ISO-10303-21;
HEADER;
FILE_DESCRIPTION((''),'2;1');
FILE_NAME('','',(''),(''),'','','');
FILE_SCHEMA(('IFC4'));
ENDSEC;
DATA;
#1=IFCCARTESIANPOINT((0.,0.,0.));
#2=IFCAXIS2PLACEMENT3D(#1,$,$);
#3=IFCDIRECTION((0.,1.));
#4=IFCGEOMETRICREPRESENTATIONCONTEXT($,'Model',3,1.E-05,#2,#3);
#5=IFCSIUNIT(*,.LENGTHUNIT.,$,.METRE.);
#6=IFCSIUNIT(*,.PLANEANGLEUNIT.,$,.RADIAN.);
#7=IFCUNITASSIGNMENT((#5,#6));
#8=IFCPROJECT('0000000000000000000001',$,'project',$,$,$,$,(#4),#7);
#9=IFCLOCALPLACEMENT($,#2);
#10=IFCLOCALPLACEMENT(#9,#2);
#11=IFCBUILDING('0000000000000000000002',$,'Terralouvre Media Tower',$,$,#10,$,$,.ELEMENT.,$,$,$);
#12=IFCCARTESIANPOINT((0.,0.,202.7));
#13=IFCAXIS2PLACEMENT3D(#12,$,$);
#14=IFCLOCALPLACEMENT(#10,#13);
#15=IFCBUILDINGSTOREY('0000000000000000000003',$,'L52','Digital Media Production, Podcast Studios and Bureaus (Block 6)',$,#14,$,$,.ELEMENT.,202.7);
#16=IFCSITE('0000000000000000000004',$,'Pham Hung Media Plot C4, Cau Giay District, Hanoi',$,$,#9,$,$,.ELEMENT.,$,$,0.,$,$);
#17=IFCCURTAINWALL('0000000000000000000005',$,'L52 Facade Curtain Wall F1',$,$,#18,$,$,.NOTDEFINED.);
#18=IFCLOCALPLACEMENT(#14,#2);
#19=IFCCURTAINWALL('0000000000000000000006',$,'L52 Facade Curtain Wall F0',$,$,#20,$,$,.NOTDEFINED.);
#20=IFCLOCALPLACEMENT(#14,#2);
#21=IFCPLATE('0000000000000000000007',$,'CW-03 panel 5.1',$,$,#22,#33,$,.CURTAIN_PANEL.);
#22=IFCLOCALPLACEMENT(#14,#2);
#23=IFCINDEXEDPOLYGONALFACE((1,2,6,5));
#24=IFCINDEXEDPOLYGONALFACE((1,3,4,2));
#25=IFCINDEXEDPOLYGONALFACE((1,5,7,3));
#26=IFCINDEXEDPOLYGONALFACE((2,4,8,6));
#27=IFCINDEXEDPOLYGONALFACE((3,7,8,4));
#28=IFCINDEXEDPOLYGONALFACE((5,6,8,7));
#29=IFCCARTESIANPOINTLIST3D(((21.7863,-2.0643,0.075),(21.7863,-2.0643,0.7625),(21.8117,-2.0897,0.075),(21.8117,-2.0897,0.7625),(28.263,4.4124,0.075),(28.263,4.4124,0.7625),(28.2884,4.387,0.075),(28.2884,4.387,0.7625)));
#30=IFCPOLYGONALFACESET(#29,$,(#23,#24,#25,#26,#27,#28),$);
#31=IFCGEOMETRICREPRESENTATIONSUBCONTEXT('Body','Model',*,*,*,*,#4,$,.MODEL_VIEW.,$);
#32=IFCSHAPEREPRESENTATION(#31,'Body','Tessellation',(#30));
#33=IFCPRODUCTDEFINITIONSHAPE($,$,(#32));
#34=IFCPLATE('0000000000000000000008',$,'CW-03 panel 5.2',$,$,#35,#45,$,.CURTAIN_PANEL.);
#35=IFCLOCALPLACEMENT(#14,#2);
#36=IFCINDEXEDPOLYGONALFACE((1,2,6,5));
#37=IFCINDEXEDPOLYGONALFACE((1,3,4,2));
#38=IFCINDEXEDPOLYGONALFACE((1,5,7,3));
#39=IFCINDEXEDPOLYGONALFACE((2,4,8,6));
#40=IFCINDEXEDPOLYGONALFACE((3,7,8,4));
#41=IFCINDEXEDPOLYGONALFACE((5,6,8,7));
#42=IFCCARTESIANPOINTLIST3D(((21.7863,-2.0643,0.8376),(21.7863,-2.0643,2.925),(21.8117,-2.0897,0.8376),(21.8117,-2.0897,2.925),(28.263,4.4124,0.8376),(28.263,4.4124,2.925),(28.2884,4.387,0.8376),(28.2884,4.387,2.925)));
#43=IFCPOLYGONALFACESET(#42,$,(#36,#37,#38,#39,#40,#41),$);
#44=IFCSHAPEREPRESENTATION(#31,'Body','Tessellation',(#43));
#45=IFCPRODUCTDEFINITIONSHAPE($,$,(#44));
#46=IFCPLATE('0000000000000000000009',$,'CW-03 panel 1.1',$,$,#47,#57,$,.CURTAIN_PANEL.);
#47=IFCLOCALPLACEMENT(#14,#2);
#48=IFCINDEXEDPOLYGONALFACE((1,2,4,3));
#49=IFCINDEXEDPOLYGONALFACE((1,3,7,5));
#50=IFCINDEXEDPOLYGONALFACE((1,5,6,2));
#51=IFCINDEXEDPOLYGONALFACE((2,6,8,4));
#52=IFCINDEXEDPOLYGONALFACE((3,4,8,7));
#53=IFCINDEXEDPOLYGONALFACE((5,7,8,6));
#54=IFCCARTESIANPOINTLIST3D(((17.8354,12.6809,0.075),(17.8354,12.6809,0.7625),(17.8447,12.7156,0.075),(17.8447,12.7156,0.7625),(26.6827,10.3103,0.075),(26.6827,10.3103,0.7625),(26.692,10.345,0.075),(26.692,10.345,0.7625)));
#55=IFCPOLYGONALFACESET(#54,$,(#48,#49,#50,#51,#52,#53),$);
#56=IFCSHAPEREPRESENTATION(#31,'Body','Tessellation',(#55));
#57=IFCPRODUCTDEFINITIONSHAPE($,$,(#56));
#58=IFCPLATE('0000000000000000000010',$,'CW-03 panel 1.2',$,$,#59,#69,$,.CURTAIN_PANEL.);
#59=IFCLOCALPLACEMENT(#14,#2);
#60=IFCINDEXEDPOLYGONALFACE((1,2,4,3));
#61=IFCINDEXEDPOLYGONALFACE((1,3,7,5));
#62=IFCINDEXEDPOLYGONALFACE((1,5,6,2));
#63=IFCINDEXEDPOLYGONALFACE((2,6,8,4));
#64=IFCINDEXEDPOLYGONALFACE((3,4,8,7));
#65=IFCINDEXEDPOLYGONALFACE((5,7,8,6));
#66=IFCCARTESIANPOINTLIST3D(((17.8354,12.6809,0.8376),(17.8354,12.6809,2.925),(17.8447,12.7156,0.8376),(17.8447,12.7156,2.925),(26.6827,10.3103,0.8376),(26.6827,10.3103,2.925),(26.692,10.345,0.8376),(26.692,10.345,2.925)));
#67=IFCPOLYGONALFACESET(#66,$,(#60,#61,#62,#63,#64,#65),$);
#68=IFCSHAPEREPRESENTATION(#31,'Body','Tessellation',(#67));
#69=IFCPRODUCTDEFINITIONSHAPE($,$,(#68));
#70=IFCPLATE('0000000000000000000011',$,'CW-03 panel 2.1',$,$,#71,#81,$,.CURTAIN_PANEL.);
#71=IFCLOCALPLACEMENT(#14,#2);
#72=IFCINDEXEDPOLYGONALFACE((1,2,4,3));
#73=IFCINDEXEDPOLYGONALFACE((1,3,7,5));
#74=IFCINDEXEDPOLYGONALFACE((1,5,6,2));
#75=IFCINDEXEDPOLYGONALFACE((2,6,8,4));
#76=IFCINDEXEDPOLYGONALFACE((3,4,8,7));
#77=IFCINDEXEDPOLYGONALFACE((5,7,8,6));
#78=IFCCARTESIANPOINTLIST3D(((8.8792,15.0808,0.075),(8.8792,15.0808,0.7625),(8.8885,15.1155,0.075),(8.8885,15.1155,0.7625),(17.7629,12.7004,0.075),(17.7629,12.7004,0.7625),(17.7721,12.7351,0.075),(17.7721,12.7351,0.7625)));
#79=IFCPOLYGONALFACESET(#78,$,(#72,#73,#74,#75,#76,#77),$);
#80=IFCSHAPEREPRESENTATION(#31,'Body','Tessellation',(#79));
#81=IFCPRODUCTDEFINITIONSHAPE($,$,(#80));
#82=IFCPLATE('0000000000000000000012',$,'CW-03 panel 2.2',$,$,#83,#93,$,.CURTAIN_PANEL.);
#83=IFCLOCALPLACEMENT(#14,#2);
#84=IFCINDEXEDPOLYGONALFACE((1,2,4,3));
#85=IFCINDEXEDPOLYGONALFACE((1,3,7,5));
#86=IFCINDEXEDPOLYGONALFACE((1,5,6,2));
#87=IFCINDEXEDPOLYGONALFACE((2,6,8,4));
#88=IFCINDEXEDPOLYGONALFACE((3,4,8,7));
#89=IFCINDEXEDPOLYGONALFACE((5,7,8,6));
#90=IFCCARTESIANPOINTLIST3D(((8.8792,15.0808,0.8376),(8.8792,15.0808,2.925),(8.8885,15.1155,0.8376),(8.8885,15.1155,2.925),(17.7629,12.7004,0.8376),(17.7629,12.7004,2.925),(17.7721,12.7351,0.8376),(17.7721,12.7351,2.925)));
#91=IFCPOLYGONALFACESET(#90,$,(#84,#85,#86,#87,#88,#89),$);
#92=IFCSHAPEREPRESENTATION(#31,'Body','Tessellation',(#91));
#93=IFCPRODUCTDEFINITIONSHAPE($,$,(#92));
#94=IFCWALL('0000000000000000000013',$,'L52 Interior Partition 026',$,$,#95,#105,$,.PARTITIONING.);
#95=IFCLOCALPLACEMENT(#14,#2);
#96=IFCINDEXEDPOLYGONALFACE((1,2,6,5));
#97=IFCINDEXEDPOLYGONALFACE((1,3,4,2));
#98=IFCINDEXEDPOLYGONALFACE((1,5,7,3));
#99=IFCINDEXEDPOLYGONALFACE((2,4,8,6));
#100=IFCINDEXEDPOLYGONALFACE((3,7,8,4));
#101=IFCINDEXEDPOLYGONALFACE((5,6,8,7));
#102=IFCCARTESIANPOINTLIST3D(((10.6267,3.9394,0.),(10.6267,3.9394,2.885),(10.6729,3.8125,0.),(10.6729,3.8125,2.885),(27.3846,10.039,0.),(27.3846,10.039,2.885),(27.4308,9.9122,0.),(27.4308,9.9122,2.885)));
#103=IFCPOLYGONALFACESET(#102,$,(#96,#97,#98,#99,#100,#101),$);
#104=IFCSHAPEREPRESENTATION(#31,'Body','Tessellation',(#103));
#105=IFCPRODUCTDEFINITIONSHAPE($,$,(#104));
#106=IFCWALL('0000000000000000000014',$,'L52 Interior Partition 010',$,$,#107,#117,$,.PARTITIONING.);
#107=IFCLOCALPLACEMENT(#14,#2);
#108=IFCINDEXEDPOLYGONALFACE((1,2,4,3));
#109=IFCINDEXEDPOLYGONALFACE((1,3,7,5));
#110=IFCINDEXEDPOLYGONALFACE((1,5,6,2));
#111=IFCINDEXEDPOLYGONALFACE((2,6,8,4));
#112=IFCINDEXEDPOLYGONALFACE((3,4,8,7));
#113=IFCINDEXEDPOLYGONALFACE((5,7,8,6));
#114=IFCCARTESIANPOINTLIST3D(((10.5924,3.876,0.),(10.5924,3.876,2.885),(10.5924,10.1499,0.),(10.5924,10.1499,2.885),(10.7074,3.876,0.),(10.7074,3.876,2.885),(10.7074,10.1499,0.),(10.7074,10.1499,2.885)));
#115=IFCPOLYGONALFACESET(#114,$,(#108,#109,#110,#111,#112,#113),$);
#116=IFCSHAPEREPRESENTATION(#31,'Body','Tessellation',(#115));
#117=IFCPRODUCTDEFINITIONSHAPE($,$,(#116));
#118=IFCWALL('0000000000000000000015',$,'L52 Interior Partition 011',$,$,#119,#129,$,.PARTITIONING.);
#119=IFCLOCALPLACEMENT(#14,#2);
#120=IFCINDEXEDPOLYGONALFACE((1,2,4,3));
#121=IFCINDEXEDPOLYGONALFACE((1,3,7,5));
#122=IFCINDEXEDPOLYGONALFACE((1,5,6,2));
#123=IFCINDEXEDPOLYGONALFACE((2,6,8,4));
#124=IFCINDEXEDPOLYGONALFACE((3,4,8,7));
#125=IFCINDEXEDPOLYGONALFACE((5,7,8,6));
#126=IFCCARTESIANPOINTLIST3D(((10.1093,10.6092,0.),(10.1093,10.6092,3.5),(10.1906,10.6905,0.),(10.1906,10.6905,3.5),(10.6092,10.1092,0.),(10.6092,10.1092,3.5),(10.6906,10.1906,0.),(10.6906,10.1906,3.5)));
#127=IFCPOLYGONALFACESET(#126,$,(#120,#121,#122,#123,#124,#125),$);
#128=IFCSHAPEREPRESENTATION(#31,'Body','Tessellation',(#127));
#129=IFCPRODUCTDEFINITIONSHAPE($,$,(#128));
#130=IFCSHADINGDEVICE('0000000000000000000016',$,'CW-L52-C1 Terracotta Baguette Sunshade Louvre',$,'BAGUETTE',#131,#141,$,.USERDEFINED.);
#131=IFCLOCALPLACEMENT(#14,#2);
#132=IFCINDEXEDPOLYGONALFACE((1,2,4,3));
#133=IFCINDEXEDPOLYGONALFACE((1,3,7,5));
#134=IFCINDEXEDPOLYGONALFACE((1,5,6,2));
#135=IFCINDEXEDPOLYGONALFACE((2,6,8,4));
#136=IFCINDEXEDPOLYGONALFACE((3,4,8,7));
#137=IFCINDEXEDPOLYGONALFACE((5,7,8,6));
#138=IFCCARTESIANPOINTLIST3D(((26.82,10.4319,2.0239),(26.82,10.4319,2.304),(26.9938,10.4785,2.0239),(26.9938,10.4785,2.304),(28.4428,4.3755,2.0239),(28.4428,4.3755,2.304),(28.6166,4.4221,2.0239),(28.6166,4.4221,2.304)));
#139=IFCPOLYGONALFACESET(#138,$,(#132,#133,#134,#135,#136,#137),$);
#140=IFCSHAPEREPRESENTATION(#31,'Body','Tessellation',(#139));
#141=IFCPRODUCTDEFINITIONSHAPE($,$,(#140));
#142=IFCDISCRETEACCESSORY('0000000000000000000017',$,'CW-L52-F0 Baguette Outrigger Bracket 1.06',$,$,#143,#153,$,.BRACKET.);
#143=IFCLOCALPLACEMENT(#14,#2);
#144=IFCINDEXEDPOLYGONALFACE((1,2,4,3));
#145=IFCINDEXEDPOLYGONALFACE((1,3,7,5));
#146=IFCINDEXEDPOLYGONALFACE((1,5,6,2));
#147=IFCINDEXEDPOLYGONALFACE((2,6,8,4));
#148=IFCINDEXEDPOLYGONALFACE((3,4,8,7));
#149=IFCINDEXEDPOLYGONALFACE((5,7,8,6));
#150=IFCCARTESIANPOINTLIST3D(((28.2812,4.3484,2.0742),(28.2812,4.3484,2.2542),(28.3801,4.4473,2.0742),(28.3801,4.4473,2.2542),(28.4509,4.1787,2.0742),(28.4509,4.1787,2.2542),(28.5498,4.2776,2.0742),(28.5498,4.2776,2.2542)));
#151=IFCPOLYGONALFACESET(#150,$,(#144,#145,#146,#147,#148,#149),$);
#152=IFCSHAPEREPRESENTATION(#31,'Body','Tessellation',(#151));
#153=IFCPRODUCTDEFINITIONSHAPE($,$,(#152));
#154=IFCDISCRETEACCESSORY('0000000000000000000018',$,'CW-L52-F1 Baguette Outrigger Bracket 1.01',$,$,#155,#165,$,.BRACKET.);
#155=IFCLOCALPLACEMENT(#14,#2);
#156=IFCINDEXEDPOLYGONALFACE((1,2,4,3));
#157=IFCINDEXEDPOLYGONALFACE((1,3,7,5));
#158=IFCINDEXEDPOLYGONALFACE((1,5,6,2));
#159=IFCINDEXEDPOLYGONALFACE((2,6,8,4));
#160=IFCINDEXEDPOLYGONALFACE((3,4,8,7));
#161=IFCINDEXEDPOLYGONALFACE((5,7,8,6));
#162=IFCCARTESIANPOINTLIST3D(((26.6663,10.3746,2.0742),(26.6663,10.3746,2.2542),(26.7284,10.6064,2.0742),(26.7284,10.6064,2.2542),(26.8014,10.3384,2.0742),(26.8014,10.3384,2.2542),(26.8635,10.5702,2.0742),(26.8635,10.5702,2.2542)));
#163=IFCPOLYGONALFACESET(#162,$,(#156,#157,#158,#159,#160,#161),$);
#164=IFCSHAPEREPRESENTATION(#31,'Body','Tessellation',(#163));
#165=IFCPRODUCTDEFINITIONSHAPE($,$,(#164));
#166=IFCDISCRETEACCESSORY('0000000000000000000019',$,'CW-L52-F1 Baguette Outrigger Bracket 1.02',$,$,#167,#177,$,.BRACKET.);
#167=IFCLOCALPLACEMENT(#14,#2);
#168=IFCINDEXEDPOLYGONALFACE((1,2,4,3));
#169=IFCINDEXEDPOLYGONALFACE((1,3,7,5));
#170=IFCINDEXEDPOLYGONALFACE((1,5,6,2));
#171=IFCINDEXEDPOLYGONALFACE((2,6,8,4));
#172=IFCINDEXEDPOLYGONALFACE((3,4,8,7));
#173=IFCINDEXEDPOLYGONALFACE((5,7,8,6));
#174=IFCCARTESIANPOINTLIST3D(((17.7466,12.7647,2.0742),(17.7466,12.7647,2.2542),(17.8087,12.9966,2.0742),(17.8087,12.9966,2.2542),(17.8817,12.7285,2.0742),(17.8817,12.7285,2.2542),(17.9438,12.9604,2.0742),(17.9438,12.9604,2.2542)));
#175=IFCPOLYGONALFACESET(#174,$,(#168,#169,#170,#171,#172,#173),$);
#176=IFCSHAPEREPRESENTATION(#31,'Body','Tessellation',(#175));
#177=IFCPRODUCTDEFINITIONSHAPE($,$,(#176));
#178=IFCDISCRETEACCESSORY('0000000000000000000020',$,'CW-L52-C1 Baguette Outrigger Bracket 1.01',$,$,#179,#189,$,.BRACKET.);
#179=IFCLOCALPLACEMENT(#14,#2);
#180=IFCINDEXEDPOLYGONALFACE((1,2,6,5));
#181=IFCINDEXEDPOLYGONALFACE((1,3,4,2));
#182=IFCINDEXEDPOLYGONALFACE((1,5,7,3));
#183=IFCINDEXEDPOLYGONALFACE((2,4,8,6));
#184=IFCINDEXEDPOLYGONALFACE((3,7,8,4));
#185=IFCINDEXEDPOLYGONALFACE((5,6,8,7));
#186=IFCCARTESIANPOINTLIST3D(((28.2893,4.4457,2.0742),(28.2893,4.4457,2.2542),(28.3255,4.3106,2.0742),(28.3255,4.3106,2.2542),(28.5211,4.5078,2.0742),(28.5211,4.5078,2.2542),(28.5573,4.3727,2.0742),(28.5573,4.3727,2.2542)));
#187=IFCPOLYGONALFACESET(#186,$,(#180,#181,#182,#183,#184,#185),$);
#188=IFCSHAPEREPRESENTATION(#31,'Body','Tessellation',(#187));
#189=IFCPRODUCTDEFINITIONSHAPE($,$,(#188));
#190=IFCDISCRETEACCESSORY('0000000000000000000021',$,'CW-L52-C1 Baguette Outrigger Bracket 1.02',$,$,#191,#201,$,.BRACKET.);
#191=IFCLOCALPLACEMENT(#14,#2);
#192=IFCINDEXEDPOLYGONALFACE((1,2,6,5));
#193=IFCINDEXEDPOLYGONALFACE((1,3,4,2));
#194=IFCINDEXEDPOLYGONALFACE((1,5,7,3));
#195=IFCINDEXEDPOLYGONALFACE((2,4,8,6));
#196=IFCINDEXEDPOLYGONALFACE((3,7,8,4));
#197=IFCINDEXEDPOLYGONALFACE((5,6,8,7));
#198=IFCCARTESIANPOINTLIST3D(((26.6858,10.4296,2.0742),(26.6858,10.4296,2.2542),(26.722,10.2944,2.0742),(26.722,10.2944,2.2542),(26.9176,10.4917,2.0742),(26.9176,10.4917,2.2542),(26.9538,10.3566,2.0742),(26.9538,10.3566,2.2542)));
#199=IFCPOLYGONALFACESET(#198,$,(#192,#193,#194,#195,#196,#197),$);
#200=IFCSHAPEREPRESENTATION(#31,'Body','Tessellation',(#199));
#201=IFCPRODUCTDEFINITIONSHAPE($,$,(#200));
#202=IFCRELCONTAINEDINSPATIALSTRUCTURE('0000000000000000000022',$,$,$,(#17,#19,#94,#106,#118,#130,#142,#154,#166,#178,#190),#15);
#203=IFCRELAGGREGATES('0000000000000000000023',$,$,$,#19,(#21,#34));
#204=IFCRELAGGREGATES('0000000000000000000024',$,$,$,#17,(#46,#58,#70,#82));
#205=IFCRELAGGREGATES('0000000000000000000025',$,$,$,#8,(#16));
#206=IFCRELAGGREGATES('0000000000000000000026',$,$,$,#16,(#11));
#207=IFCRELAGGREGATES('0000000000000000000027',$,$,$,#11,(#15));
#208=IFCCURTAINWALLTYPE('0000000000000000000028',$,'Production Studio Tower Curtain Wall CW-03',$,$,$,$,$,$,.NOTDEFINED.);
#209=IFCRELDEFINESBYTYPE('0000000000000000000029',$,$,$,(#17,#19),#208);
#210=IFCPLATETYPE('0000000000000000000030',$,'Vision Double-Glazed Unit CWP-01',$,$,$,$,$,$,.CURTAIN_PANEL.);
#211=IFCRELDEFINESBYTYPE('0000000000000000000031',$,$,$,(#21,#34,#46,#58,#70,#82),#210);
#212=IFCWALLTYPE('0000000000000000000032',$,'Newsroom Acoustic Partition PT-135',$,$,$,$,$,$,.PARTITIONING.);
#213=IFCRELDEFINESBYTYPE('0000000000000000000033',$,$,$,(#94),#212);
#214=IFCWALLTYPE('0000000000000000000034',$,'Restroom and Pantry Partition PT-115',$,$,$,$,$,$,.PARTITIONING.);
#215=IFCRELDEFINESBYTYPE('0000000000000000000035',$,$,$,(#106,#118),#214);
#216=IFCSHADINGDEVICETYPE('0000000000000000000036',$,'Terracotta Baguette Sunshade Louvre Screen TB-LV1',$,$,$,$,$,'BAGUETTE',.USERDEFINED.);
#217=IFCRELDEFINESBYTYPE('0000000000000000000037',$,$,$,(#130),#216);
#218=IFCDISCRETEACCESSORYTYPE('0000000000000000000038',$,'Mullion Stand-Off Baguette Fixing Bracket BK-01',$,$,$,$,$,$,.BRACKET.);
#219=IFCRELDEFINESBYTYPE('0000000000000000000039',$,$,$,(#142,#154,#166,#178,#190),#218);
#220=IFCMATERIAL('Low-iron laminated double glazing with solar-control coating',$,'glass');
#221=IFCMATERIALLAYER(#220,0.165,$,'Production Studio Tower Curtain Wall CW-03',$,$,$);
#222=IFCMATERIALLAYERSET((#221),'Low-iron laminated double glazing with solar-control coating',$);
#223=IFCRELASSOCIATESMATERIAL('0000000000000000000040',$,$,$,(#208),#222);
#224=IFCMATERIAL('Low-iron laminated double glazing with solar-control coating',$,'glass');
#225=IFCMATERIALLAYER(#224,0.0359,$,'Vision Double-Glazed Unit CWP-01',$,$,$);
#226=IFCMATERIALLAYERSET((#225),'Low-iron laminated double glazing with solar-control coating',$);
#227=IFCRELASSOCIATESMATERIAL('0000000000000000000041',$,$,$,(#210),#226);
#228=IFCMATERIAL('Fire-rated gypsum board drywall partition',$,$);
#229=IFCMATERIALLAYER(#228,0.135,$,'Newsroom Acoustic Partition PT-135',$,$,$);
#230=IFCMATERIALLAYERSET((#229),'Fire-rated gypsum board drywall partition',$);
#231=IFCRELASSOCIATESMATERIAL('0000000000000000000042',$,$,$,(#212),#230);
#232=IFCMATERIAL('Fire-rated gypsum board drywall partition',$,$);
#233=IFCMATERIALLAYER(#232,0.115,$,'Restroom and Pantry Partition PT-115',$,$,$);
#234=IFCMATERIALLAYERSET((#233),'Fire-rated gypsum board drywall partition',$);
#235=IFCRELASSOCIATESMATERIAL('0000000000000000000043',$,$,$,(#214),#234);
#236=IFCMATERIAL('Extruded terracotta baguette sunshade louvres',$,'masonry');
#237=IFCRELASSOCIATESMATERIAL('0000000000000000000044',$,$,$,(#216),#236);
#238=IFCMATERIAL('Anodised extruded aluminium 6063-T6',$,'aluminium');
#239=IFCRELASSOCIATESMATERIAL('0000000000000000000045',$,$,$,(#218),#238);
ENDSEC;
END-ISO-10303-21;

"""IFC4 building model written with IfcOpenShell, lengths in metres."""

from ifc_helpers import new_model, si_unit, direction, frame, frame_2d, origin, origin_2d, place, context, subcontext, project, spatial, rectangle, extrude, material, layer, layer_set, type_object, element, aggregate, save


model = new_model("IFC4")

# Units and contexts
model_context = context("Model", 3, precision=1e-05, world=origin(), true_north=direction((0.0, 1.0)))
body_context = subcontext(model_context, "Body", "Model", "MODEL_VIEW")
ifc_project = project(units=[si_unit("LENGTHUNIT", "METRE"), si_unit("PLANEANGLEUNIT", "RADIAN")], contexts=[model_context])

# Site, building, storey
site_placement = place(None, origin())
site = spatial("IfcSite", under=ifc_project, at=site_placement, Name="Pham Hung Media Plot C4, Cau Giay District, Hanoi", CompositionType="ELEMENT", RefElevation=0.0)
building_placement = place(site_placement, origin())
building = spatial("IfcBuilding", under=site, at=building_placement, Name="Terralouvre Media Tower", CompositionType="ELEMENT")
storey_placement = place(building_placement, frame((0.0, 0.0, 202.7)))
storey = spatial("IfcBuildingStorey", under=building, at=storey_placement, Name="L52", Description="Digital Media Production, Podcast Studios and Bureaus (Block 6)", CompositionType="ELEMENT", Elevation=202.7)

# Curtain wall
ifc_material_1 = material(Name="Low-iron laminated double glazing with solar-control coating", Category="glass")
ifc_layer_1 = layer(ifc_material_1, 0.165, Name="Production Studio Tower Curtain Wall CW-03")
ifc_layer_set_1 = layer_set([ifc_layer_1], Name="Low-iron laminated double glazing with solar-control coating")
curtain_wall_type_1 = type_object("IfcCurtainWallType", Name="Production Studio Tower Curtain Wall CW-03", PredefinedType="NOTDEFINED", material=ifc_layer_set_1)
curtain_wall_1_placement = place(storey_placement, origin())
curtain_wall_1 = element("IfcCurtainWall", 1, at=curtain_wall_1_placement, inside=storey, type_object=curtain_wall_type_1, Name="L52 Facade Curtain Wall F1", PredefinedType="NOTDEFINED")

# Curtain wall
curtain_wall_2_placement = place(storey_placement, origin())
curtain_wall_2 = element("IfcCurtainWall", 2, at=curtain_wall_2_placement, inside=storey, type_object=curtain_wall_type_1, Name="L52 Facade Curtain Wall F0", PredefinedType="NOTDEFINED")

# Plates
ifc_material_2 = material(Name="Low-iron laminated double glazing with solar-control coating", Category="glass")
ifc_layer_2 = layer(ifc_material_2, 0.0359, Name="Vision Double-Glazed Unit CWP-01")
ifc_layer_set_2 = layer_set([ifc_layer_2], Name="Low-iron laminated double glazing with solar-control coating")
plate_type_1 = type_object("IfcPlateType", Name="Vision Double-Glazed Unit CWP-01", PredefinedType="CURTAIN_PANEL", material=ifc_layer_set_2)
plate_1_placement = place(storey_placement, frame((25.0374, 1.1614, 0.075), z_axis=(0.0, 0.0, 1.0), x_axis=(0.707107, 0.707107, 0.0)))
plate_1 = element("IfcPlate", 3, at=plate_1_placement, type_object=plate_type_1, Name="CW-03 panel 5.1", PredefinedType="CURTAIN_PANEL", context=body_context, shape_type="SweptSolid", body=[
    extrude(rectangle(XDim=9.1594, YDim=0.0359, at=origin_2d()), origin(), (0.0, 0.0, 1.0), 0.6875),
])
plate_2_placement = place(storey_placement, frame((25.0374, 1.1614, 0.8376), z_axis=(0.0, 0.0, 1.0), x_axis=(0.707107, 0.707107, 0.0)))
plate_2 = element("IfcPlate", 4, at=plate_2_placement, type_object=plate_type_1, Name="CW-03 panel 5.2", PredefinedType="CURTAIN_PANEL", context=body_context, shape_type="SweptSolid", body=[
    extrude(rectangle(XDim=9.1594, YDim=0.0359, at=origin_2d()), origin(), (0.0, 0.0, 1.0), 2.0874),
])
aggregate(curtain_wall_2, [plate_1, plate_2])
plate_3_placement = place(storey_placement, frame((22.2637, 11.5129, 0.075), z_axis=(0.0, 0.0, 1.0), x_axis=(-0.965926, 0.258819, 0.0)))
plate_3 = element("IfcPlate", 5, at=plate_3_placement, type_object=plate_type_1, Name="CW-03 panel 1.1", PredefinedType="CURTAIN_PANEL", context=body_context, shape_type="SweptSolid", body=[
    extrude(rectangle(XDim=9.1594, YDim=0.0359, at=origin_2d()), origin(), (0.0, 0.0, 1.0), 0.6875),
])
plate_4_placement = place(storey_placement, frame((22.2637, 11.5129, 0.8376), z_axis=(0.0, 0.0, 1.0), x_axis=(-0.965926, 0.258819, 0.0)))
plate_4 = element("IfcPlate", 6, at=plate_4_placement, type_object=plate_type_1, Name="CW-03 panel 1.2", PredefinedType="CURTAIN_PANEL", context=body_context, shape_type="SweptSolid", body=[
    extrude(rectangle(XDim=9.1594, YDim=0.0359, at=origin_2d()), origin(), (0.0, 0.0, 1.0), 2.0874),
])
plate_5_placement = place(storey_placement, frame((13.3257, 13.908, 0.075), z_axis=(0.0, 0.0, 1.0), x_axis=(-0.965926, 0.258819, 0.0)))
plate_5 = element("IfcPlate", 7, at=plate_5_placement, type_object=plate_type_1, Name="CW-03 panel 2.1", PredefinedType="CURTAIN_PANEL", context=body_context, shape_type="SweptSolid", body=[
    extrude(rectangle(XDim=9.197, YDim=0.0359, at=origin_2d()), origin(), (0.0, 0.0, 1.0), 0.6875),
])
plate_6_placement = place(storey_placement, frame((13.3257, 13.908, 0.8376), z_axis=(0.0, 0.0, 1.0), x_axis=(-0.965926, 0.258819, 0.0)))
plate_6 = element("IfcPlate", 8, at=plate_6_placement, type_object=plate_type_1, Name="CW-03 panel 2.2", PredefinedType="CURTAIN_PANEL", context=body_context, shape_type="SweptSolid", body=[
    extrude(rectangle(XDim=9.197, YDim=0.0359, at=origin_2d()), origin(), (0.0, 0.0, 1.0), 2.0874),
])
aggregate(curtain_wall_1, [plate_3, plate_4, plate_5, plate_6])

# Walls
ifc_material_3 = material(Name="Fire-rated gypsum board drywall partition")
ifc_layer_3 = layer(ifc_material_3, 0.135, Name="Newsroom Acoustic Partition PT-135")
ifc_layer_set_3 = layer_set([ifc_layer_3], Name="Fire-rated gypsum board drywall partition")
wall_type_1 = type_object("IfcWallType", Name="Newsroom Acoustic Partition PT-135", PredefinedType="PARTITIONING", material=ifc_layer_set_3)
wall_1_placement = place(storey_placement, frame((27.4077, 9.9756, 0.0), z_axis=(0.0, 0.0, 1.0), x_axis=(-0.939688, -0.342033, 0.0)))
element("IfcWall", 9, at=wall_1_placement, inside=storey, type_object=wall_type_1, Name="L52 Interior Partition 026", PredefinedType="PARTITIONING", context=body_context, shape_type="SweptSolid", body=[
    extrude(rectangle(XDim=17.8335, YDim=0.135, at=frame_2d((8.9167, 0.0))), origin(), (0.0, 0.0, 1.0), 2.885),
])
ifc_material_4 = material(Name="Fire-rated gypsum board drywall partition")
ifc_layer_4 = layer(ifc_material_4, 0.115, Name="Restroom and Pantry Partition PT-115")
ifc_layer_set_4 = layer_set([ifc_layer_4], Name="Fire-rated gypsum board drywall partition")
wall_type_2 = type_object("IfcWallType", Name="Restroom and Pantry Partition PT-115", PredefinedType="PARTITIONING", material=ifc_layer_set_4)
wall_2_placement = place(storey_placement, frame((10.6499, 3.876, 0.0), z_axis=(0.0, 0.0, 1.0), x_axis=(0.0, 1.0, 0.0)))
element("IfcWall", 10, at=wall_2_placement, inside=storey, type_object=wall_type_2, Name="L52 Interior Partition 010", PredefinedType="PARTITIONING", context=body_context, shape_type="SweptSolid", body=[
    extrude(rectangle(XDim=6.2739, YDim=0.115, at=frame_2d((3.137, 0.0))), origin(), (0.0, 0.0, 1.0), 2.885),
])
wall_3_placement = place(storey_placement, frame((10.6499, 10.1499, 0.0), z_axis=(0.0, 0.0, 1.0), x_axis=(-0.707107, 0.707107, 0.0)))
element("IfcWall", 11, at=wall_3_placement, inside=storey, type_object=wall_type_2, Name="L52 Interior Partition 011", PredefinedType="PARTITIONING", context=body_context, shape_type="SweptSolid", body=[
    extrude(rectangle(XDim=0.707, YDim=0.115, at=frame_2d((0.3535, 0.0))), origin(), (0.0, 0.0, 1.0), 3.5),
])

# Shading device
ifc_material_5 = material(Name="Extruded terracotta baguette sunshade louvres", Category="masonry")
shading_device_type = type_object("IfcShadingDeviceType", Name="Terracotta Baguette Sunshade Louvre Screen TB-LV1", ElementType="BAGUETTE", PredefinedType="USERDEFINED", material=ifc_material_5)
shading_device_placement = place(storey_placement, frame((27.7183, 7.427, 2.0239), z_axis=(0.0, 0.0, 1.0), x_axis=(-0.258819, 0.965926, 0.0)))
element("IfcShadingDevice", 12, at=shading_device_placement, inside=storey, type_object=shading_device_type, Name="CW-L52-C1 Terracotta Baguette Sunshade Louvre", ObjectType="BAGUETTE", PredefinedType="USERDEFINED", context=body_context, shape_type="SweptSolid", body=[
    extrude(rectangle(XDim=6.27, YDim=0.1799, at=origin_2d()), origin(), (0.0, 0.0, 1.0), 0.28),
])

# Discrete accessories
ifc_material_6 = material(Name="Anodised extruded aluminium 6063-T6", Category="aluminium")
discrete_accessory_type = type_object("IfcDiscreteAccessoryType", Name="Mullion Stand-Off Baguette Fixing Bracket BK-01", PredefinedType="BRACKET", material=ifc_material_6)
for number, where, z_axis, x_axis, name in (
    (13, (28.4155, 4.313, 2.0742), (0.0, 0.0, 1.0), (0.707107, 0.707107, 0.0), "CW-L52-F0 Baguette Outrigger Bracket 1.06"),
    (14, (26.7649, 10.4724, 2.0742), (0.0, 0.0, 1.0), (-0.965926, 0.258819, 0.0), "CW-L52-F1 Baguette Outrigger Bracket 1.01"),
    (15, (17.8452, 12.8625, 2.0742), (0.0, 0.0, 1.0), (-0.965926, 0.258819, 0.0), "CW-L52-F1 Baguette Outrigger Bracket 1.02"),
    (16, (28.4233, 4.4092, 2.0742), (0.0, 0.0, 1.0), (-0.258819, 0.965926, 0.0), "CW-L52-C1 Baguette Outrigger Bracket 1.01"),
    (17, (26.8198, 10.3931, 2.0742), (0.0, 0.0, 1.0), (-0.258819, 0.965926, 0.0), "CW-L52-C1 Baguette Outrigger Bracket 1.02"),
):
    element("IfcDiscreteAccessory", number, at=place(storey_placement, frame(where, z_axis=z_axis, x_axis=x_axis)), inside=storey, type_object=discrete_accessory_type, Name=name, PredefinedType="BRACKET", context=body_context, shape_type="SweptSolid", body=[
        extrude(rectangle(XDim=0.1399, YDim=0.24, at=origin_2d()), origin(), (0.0, 0.0, 1.0), 0.1799),
    ])

save(model, "model.ifc")
